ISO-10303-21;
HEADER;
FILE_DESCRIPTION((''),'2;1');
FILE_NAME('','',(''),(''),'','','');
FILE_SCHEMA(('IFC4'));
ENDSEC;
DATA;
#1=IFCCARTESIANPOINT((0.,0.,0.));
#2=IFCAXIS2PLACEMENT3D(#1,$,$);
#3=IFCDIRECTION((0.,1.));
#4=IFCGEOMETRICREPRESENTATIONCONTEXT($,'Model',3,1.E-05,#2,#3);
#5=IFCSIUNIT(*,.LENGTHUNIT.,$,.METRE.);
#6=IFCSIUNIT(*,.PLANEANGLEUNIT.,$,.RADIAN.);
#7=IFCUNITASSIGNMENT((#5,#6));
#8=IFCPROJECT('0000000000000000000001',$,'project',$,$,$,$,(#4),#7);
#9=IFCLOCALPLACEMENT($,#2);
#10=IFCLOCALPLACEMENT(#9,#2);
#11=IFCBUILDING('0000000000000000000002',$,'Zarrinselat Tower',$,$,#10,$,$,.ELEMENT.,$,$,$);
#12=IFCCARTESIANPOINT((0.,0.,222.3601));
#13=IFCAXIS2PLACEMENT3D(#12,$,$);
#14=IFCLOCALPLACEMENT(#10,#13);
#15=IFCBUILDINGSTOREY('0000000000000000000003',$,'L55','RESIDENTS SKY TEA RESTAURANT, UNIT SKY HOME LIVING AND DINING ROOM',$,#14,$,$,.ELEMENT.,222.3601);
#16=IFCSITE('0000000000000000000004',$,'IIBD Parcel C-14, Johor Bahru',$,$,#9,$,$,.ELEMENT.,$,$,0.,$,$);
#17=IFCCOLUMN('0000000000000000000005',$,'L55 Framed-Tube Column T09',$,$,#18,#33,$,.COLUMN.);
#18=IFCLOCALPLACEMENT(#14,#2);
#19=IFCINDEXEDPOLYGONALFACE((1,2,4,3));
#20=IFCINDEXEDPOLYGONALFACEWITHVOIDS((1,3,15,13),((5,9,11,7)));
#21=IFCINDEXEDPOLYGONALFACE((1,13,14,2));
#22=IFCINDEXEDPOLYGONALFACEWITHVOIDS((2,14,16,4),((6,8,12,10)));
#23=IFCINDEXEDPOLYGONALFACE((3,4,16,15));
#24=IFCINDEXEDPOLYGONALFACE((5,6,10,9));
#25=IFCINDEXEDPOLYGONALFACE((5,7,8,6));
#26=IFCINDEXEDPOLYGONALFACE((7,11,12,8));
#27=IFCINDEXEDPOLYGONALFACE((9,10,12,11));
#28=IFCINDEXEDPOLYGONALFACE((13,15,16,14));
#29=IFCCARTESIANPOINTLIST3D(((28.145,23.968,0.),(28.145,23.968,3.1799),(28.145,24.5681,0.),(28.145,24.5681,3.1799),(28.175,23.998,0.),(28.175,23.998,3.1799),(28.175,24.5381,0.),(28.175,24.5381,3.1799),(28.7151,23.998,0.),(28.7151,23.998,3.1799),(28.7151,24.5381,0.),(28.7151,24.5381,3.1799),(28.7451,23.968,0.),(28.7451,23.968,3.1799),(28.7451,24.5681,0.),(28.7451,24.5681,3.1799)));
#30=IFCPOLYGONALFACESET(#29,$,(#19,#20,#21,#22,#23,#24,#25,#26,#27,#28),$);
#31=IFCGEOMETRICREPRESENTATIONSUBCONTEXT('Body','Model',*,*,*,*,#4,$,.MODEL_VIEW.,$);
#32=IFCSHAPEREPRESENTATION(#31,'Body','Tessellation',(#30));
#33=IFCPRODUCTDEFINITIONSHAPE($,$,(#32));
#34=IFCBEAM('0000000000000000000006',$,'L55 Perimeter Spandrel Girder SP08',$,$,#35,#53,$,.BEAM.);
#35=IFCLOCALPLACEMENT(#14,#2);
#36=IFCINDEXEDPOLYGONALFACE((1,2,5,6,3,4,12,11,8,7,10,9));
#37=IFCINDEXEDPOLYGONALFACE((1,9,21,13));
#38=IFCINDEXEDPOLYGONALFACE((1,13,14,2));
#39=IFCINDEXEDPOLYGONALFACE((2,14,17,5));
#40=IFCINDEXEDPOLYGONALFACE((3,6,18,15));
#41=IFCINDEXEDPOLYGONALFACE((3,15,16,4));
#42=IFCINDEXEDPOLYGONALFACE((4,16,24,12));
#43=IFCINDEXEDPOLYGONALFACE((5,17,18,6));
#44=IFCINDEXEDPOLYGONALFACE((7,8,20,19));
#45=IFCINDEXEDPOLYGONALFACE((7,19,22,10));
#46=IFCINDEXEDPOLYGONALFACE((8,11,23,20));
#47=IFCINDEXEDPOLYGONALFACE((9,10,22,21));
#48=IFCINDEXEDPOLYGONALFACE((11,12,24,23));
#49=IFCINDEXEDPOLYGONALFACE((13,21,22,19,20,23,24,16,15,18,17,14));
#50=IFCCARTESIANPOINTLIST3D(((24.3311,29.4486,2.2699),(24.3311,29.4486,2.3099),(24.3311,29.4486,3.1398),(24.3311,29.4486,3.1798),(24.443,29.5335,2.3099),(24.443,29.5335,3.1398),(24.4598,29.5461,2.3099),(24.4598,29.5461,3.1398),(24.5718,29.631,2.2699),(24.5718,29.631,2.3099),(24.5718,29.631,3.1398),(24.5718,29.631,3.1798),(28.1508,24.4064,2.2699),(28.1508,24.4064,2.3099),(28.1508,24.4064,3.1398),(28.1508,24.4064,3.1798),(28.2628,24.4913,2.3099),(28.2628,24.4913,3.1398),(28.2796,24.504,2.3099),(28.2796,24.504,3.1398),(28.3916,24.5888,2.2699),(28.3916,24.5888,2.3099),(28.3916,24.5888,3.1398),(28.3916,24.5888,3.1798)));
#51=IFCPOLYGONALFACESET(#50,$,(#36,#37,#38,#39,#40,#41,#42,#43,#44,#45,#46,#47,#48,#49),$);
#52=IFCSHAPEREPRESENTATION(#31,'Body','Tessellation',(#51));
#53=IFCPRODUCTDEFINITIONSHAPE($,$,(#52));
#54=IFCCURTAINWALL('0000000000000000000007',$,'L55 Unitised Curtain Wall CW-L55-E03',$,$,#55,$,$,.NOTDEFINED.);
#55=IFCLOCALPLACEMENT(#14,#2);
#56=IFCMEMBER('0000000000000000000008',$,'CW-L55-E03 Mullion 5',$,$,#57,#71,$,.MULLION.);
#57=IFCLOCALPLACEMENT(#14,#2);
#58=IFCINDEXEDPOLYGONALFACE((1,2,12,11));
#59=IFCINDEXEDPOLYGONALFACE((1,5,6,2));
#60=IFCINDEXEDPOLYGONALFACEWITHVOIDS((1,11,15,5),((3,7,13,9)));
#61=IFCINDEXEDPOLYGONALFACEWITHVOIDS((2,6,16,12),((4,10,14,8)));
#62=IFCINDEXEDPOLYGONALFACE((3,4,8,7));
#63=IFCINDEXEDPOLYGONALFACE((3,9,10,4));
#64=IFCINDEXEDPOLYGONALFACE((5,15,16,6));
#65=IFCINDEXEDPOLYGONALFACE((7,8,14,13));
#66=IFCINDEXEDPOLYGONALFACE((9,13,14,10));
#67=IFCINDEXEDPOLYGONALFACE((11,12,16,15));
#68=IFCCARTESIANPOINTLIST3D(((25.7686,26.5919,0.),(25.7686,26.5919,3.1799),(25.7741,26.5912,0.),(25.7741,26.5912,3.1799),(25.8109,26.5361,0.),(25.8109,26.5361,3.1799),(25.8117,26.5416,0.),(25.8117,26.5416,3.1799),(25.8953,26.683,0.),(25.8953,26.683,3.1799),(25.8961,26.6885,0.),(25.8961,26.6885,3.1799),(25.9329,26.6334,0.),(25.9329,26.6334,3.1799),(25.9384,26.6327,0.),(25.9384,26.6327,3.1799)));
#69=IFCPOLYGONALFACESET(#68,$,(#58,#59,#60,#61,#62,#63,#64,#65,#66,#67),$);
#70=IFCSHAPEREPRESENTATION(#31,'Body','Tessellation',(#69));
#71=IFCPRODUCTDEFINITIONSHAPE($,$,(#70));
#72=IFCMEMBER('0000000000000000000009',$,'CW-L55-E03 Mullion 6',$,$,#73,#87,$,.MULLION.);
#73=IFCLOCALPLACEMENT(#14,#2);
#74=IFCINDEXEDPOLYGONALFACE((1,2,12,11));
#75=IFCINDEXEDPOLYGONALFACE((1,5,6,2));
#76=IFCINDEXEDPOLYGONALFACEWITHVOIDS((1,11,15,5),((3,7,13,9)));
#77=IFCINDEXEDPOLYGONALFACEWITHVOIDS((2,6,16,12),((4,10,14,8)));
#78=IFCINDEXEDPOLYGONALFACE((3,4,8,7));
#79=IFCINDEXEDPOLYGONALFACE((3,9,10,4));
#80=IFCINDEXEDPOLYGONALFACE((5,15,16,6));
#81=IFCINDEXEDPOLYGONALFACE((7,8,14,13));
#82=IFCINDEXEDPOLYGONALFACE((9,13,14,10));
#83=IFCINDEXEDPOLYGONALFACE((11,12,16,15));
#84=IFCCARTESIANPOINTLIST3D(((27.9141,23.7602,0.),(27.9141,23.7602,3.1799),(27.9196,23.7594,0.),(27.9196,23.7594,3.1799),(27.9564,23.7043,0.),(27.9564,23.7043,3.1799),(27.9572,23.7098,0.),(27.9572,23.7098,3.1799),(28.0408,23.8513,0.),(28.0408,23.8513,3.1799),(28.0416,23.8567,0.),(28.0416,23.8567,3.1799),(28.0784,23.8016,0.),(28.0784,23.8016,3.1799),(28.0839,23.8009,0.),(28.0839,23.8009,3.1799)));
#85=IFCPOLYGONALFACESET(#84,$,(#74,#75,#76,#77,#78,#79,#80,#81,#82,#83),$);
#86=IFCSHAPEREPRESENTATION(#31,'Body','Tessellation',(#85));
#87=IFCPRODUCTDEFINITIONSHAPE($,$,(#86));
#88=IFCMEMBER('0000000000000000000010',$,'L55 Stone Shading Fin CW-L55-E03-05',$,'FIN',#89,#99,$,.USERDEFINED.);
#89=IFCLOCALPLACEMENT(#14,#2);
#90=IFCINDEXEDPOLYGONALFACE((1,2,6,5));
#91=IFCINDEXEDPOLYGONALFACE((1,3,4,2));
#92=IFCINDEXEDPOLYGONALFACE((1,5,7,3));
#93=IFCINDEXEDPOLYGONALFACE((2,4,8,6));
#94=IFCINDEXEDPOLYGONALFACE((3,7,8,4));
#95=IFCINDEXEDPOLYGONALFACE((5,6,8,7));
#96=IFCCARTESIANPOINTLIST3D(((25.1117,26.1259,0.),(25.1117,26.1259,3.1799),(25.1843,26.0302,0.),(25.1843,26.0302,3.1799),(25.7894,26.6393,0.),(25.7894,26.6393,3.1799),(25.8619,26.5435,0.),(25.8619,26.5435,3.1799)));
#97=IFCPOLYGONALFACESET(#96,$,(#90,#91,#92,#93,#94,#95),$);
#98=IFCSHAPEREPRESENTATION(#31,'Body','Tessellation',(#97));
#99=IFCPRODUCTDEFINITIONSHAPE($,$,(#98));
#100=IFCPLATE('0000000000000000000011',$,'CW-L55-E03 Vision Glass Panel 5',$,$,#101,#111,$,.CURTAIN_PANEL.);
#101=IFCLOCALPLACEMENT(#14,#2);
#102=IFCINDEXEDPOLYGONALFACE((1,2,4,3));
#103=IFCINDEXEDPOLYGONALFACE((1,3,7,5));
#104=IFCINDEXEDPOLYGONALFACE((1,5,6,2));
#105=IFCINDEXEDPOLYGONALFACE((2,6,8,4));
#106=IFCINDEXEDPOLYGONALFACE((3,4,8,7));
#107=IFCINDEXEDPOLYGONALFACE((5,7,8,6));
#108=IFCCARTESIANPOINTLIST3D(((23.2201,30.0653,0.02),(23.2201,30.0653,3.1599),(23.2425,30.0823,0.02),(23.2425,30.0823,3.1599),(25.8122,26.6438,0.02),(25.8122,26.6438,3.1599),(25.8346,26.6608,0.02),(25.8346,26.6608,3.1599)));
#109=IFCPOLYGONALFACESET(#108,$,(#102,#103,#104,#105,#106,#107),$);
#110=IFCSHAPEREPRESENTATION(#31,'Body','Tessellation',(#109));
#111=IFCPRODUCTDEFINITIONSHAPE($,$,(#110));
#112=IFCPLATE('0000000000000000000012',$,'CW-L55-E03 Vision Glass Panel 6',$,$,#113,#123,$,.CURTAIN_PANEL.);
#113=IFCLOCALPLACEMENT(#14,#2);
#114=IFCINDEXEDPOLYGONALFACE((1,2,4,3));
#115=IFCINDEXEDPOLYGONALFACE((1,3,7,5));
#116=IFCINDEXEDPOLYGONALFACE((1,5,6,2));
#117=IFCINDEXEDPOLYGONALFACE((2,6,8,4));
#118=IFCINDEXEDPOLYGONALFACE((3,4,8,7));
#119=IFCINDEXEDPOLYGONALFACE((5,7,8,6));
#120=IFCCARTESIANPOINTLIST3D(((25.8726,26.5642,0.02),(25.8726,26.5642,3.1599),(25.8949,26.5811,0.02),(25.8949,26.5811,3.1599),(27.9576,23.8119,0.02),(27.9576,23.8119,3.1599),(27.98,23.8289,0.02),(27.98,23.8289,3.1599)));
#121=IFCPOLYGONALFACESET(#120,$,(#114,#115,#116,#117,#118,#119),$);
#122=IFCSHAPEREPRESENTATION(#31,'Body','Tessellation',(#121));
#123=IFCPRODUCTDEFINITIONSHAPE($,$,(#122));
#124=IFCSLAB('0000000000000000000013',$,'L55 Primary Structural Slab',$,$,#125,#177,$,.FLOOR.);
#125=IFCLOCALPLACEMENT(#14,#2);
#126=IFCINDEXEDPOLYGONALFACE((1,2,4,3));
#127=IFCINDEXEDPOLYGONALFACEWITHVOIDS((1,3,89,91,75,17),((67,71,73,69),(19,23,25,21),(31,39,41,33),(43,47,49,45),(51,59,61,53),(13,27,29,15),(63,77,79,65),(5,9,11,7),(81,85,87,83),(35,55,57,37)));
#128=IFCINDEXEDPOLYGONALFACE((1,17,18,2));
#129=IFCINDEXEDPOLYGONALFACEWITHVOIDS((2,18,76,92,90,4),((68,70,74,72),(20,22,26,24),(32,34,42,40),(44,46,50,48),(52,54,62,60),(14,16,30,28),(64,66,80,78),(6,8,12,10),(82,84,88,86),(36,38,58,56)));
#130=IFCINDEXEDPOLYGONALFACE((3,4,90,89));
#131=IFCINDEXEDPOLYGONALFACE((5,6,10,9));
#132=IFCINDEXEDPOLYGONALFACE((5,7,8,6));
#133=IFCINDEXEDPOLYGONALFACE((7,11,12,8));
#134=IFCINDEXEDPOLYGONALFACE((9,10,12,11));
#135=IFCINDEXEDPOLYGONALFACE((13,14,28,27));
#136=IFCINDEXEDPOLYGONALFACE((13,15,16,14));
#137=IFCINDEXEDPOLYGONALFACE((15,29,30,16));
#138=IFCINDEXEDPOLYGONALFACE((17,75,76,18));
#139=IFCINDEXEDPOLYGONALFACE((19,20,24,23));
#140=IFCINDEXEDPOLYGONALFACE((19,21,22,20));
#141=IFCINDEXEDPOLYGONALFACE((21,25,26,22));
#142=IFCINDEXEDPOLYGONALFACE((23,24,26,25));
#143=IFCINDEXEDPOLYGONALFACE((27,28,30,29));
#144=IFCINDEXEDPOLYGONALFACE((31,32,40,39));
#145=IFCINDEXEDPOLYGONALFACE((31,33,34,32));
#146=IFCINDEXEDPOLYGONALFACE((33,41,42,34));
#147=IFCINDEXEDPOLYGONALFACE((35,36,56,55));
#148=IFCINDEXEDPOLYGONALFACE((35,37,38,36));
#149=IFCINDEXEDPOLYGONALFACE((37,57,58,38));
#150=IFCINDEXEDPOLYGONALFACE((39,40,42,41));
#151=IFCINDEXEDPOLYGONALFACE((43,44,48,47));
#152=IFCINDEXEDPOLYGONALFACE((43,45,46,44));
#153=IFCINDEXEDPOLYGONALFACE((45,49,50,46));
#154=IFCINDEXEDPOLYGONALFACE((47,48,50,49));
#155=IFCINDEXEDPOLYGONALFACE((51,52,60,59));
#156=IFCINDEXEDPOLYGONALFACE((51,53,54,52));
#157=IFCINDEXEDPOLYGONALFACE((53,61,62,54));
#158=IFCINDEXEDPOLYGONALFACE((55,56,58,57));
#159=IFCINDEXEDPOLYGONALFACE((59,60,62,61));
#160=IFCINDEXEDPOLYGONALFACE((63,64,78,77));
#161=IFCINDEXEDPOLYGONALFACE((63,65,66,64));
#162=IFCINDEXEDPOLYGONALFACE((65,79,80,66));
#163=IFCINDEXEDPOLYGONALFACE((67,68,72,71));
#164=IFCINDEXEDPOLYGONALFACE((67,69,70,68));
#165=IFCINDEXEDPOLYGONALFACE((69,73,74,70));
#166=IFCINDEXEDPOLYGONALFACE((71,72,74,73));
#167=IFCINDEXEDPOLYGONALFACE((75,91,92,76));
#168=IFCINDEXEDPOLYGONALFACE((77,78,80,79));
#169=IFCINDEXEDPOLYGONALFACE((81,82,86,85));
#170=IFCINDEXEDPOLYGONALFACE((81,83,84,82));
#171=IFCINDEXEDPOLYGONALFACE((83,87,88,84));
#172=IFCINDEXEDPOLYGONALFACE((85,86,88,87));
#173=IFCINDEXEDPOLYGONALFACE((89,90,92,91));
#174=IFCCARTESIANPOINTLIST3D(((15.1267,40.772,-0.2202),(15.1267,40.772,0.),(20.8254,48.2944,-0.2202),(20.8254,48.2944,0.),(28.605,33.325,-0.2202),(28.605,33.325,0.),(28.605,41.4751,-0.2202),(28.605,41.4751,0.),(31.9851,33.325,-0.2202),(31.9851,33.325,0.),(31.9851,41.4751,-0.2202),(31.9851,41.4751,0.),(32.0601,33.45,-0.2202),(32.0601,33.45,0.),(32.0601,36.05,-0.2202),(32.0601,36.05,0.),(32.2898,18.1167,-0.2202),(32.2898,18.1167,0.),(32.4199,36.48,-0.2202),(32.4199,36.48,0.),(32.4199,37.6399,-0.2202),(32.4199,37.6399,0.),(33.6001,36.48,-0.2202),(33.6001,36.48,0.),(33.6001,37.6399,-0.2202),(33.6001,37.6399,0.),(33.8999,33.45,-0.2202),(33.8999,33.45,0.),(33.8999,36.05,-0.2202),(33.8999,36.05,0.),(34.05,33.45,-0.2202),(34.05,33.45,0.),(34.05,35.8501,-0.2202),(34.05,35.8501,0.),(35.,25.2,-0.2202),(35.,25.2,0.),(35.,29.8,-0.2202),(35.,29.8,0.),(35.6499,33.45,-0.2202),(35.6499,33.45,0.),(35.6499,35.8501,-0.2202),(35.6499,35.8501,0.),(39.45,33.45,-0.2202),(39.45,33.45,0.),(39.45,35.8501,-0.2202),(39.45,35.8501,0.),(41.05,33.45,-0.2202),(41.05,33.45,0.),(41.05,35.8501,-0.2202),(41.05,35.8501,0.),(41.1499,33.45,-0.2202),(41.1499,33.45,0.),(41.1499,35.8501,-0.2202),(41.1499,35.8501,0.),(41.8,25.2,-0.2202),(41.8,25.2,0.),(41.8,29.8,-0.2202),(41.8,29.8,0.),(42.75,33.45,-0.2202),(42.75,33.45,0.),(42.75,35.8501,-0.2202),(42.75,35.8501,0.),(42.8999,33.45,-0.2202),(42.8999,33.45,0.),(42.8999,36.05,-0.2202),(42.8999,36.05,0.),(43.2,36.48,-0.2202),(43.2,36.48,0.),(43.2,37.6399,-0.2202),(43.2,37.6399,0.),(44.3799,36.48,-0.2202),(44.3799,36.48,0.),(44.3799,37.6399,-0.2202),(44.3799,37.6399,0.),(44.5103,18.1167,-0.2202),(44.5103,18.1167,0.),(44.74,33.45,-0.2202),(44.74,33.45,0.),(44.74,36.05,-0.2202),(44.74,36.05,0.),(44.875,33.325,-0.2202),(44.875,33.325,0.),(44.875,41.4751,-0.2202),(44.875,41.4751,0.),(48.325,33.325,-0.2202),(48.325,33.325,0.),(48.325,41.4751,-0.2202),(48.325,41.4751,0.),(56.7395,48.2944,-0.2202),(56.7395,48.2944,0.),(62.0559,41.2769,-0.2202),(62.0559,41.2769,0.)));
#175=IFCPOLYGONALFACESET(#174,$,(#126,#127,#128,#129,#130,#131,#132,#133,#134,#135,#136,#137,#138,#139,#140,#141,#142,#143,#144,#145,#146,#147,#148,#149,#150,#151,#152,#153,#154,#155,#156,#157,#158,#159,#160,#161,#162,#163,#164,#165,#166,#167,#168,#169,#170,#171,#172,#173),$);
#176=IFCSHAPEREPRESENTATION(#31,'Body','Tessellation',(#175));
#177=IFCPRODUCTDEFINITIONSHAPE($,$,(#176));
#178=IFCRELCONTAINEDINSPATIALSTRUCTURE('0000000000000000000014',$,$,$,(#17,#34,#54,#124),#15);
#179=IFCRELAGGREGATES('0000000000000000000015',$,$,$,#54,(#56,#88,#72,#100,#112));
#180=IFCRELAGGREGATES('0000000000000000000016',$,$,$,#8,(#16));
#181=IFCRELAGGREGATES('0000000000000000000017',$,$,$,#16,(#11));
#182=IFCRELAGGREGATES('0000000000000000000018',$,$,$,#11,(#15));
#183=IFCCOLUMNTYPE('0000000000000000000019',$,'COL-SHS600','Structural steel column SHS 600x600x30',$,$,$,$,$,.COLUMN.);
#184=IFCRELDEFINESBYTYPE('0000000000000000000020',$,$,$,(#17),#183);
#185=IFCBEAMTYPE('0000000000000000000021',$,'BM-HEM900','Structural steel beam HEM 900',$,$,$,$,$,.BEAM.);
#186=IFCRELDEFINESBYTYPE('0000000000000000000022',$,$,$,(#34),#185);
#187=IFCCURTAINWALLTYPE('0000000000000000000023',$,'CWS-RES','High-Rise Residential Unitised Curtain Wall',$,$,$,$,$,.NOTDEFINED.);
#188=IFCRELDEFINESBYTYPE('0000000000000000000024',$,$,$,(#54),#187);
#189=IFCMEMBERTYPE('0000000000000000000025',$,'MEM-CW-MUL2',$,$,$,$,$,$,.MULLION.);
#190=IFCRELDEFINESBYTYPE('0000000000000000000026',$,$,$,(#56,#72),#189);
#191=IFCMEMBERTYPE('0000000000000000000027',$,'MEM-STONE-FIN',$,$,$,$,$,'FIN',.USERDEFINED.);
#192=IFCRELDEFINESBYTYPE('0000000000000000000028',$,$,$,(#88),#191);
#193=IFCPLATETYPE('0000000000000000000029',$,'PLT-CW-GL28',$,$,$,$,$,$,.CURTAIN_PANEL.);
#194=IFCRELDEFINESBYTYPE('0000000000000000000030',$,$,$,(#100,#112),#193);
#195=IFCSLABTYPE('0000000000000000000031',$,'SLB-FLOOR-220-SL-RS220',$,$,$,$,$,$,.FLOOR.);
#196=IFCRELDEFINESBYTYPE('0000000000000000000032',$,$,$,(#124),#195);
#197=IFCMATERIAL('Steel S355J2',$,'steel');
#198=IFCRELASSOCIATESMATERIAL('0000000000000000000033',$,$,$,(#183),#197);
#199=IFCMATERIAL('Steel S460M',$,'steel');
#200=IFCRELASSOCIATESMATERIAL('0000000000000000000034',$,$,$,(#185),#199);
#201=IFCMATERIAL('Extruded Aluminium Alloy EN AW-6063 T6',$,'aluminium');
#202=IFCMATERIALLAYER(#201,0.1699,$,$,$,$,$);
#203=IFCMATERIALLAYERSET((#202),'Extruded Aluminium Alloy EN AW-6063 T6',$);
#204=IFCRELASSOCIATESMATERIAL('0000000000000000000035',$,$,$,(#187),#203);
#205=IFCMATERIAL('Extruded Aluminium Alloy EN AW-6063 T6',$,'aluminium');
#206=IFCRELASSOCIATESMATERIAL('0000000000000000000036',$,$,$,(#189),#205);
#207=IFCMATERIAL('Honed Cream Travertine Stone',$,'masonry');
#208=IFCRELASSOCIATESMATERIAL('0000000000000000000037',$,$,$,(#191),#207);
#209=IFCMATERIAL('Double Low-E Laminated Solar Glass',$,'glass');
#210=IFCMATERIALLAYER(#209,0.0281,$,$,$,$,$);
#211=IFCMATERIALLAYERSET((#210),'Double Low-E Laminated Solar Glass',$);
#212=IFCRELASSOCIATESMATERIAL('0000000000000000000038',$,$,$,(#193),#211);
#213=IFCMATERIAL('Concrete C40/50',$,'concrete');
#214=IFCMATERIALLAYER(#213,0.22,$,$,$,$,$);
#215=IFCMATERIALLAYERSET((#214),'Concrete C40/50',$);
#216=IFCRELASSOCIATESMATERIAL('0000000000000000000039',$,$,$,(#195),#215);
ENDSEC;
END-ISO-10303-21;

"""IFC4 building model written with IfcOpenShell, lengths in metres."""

from ifc_helpers import new_model, si_unit, direction, frame, origin, origin_2d, place, context, subcontext, project, spatial, polyline, rectangle, hollow_rectangle, i_section, outline, extrude, material, layer, layer_set, material_profile, profile_set, type_object, element, aggregate, save


model = new_model("IFC4")

# Units and contexts
model_context = context("Model", 3, precision=1e-05, world=origin(), true_north=direction((0.0, 1.0)))
body_context = subcontext(model_context, "Body", "Model", "MODEL_VIEW")
ifc_project = project(units=[si_unit("LENGTHUNIT", "METRE"), si_unit("PLANEANGLEUNIT", "RADIAN")], contexts=[model_context])

# Site, building, storey
site_placement = place(None, origin())
site = spatial("IfcSite", under=ifc_project, at=site_placement, Name="IIBD Parcel C-14, Johor Bahru", CompositionType="ELEMENT", RefElevation=0.0)
building_placement = place(site_placement, origin())
building = spatial("IfcBuilding", under=site, at=building_placement, Name="Zarrinselat Tower", CompositionType="ELEMENT")
storey_placement = place(building_placement, frame((0.0, 0.0, 222.3601)))
storey = spatial("IfcBuildingStorey", under=building, at=storey_placement, Name="L55", Description="RESIDENTS SKY TEA RESTAURANT, UNIT SKY HOME LIVING AND DINING ROOM", CompositionType="ELEMENT", Elevation=222.3601)

# Column
ifc_material_1 = material(Name="Steel S355J2", Category="steel")
ifc_material_profile_1 = material_profile(ifc_material_1, hollow_rectangle(XDim=0.6001, YDim=0.6001, WallThickness=0.03, at=origin_2d()), Name="SHS 600x600x30")
ifc_profile_set_1 = profile_set([ifc_material_profile_1], Name="Steel S355J2")
column_type = type_object("IfcColumnType", Name="COL-SHS600", Description="Structural steel column SHS 600x600x30", PredefinedType="COLUMN", material=ifc_profile_set_1)
column_placement = place(storey_placement, frame((28.4451, 24.2681, 0.0), z_axis=(0.0, 0.0, 1.0), x_axis=(1.0, 0.0, 0.0)))
element("IfcColumn", 1, at=column_placement, inside=storey, type_object=column_type, Name="L55 Framed-Tube Column T09", PredefinedType="COLUMN", context=body_context, shape_type="SweptSolid", body=[
    extrude(hollow_rectangle(XDim=0.6001, YDim=0.6001, WallThickness=0.03, at=origin_2d()), origin(), (0.0, 0.0, 1.0), 3.1799),
])

# Beam
ifc_material_2 = material(Name="Steel S460M", Category="steel")
ifc_material_profile_2 = material_profile(ifc_material_2, i_section(OverallWidth=0.302, OverallDepth=0.9099, WebThickness=0.021, FlangeThickness=0.04, at=origin_2d()), Name="HEM 900")
ifc_profile_set_2 = profile_set([ifc_material_profile_2], Name="Steel S460M")
beam_type = type_object("IfcBeamType", Name="BM-HEM900", Description="Structural steel beam HEM 900", PredefinedType="BEAM", material=ifc_profile_set_2)
beam_placement = place(storey_placement, frame((24.4514, 29.5398, 2.7249), z_axis=(0.603852, -0.797096, 0.0), x_axis=(0.797096, 0.603852, 0.0)))
element("IfcBeam", 2, at=beam_placement, inside=storey, type_object=beam_type, Name="L55 Perimeter Spandrel Girder SP08", PredefinedType="BEAM", context=body_context, shape_type="SweptSolid", body=[
    extrude(i_section(OverallWidth=0.302, OverallDepth=0.9099, WebThickness=0.021, FlangeThickness=0.04, at=origin_2d()), origin(), (0.0, 0.0, 1.0), 6.3257),
])

# Curtain wall, members, plates
ifc_material_3 = material(Name="Extruded Aluminium Alloy EN AW-6063 T6", Category="aluminium")
ifc_layer_1 = layer(ifc_material_3, 0.1699)
ifc_layer_set_1 = layer_set([ifc_layer_1], Name="Extruded Aluminium Alloy EN AW-6063 T6")
curtain_wall_type = type_object("IfcCurtainWallType", Name="CWS-RES", Description="High-Rise Residential Unitised Curtain Wall", PredefinedType="NOTDEFINED", material=ifc_layer_set_1)
curtain_wall_placement = place(storey_placement, origin())
curtain_wall = element("IfcCurtainWall", 3, at=curtain_wall_placement, inside=storey, type_object=curtain_wall_type, Name="L55 Unitised Curtain Wall CW-L55-E03", PredefinedType="NOTDEFINED")
ifc_material_4 = material(Name="Extruded Aluminium Alloy EN AW-6063 T6", Category="aluminium")
ifc_material_profile_3 = material_profile(ifc_material_4, hollow_rectangle(XDim=0.0701, YDim=0.1599, WallThickness=0.0039, at=origin_2d()), Name="RHS 160x70x4")
ifc_profile_set_3 = profile_set([ifc_material_profile_3], Name="Extruded Aluminium Alloy EN AW-6063 T6")
member_type_1 = type_object("IfcMemberType", Name="MEM-CW-MUL2", PredefinedType="MULLION", material=ifc_profile_set_3)
member_1_placement = place(storey_placement, frame((25.8535, 26.6123, 0.0), z_axis=(0.0, 0.0, 1.0), x_axis=(0.60386, -0.797091, 0.0)))
member_1 = element("IfcMember", 4, at=member_1_placement, type_object=member_type_1, Name="CW-L55-E03 Mullion 5", PredefinedType="MULLION", context=body_context, shape_type="SweptSolid", body=[
    extrude(hollow_rectangle(XDim=0.0701, YDim=0.1599, WallThickness=0.0039, at=origin_2d()), origin(), (0.0, 0.0, 1.0), 3.1799),
])
member_2_placement = place(storey_placement, frame((27.999, 23.7805, 0.0), z_axis=(0.0, 0.0, 1.0), x_axis=(0.60386, -0.797091, 0.0)))
member_2 = element("IfcMember", 5, at=member_2_placement, type_object=member_type_1, Name="CW-L55-E03 Mullion 6", PredefinedType="MULLION", context=body_context, shape_type="SweptSolid", body=[
    extrude(hollow_rectangle(XDim=0.0701, YDim=0.1599, WallThickness=0.0039, at=origin_2d()), origin(), (0.0, 0.0, 1.0), 3.1799),
])
ifc_material_5 = material(Name="Honed Cream Travertine Stone", Category="masonry")
ifc_material_profile_4 = material_profile(ifc_material_5, rectangle(XDim=0.1201, YDim=0.8501, at=origin_2d()), Name="FIN 850x120")
ifc_profile_set_4 = profile_set([ifc_material_profile_4], Name="Honed Cream Travertine Stone")
member_type_2 = type_object("IfcMemberType", Name="MEM-STONE-FIN", ElementType="FIN", PredefinedType="USERDEFINED", material=ifc_profile_set_4)
member_3_placement = place(storey_placement, frame((25.4868, 26.3347, 0.0), z_axis=(0.0, 0.0, 1.0), x_axis=(-0.60386, 0.797091, 0.0)))
member_3 = element("IfcMember", 6, at=member_3_placement, type_object=member_type_2, Name="L55 Stone Shading Fin CW-L55-E03-05", ObjectType="FIN", PredefinedType="USERDEFINED", context=body_context, shape_type="SweptSolid", body=[
    extrude(rectangle(XDim=0.1201, YDim=0.8501, at=origin_2d()), origin(), (0.0, 0.0, 1.0), 3.1799),
])
ifc_material_6 = material(Name="Double Low-E Laminated Solar Glass", Category="glass")
ifc_layer_2 = layer(ifc_material_6, 0.0281)
ifc_layer_set_2 = layer_set([ifc_layer_2], Name="Double Low-E Laminated Solar Glass")
plate_type = type_object("IfcPlateType", Name="PLT-CW-GL28", PredefinedType="CURTAIN_PANEL", material=ifc_layer_set_2)
plate_1_placement = place(storey_placement, frame((24.5273, 28.363, 0.02), z_axis=(0.0, 0.0, 1.0), x_axis=(0.60386, -0.797091, 0.0)))
plate_1 = element("IfcPlate", 7, at=plate_1_placement, type_object=plate_type, Name="CW-L55-E03 Vision Glass Panel 5", PredefinedType="CURTAIN_PANEL", context=body_context, shape_type="SweptSolid", body=[
    extrude(rectangle(XDim=4.2925, YDim=0.0281, at=origin_2d()), origin(), (0.0, 0.0, 1.0), 3.1399),
])
plate_2_placement = place(storey_placement, frame((26.9263, 25.1965, 0.02), z_axis=(0.0, 0.0, 1.0), x_axis=(0.60386, -0.797091, 0.0)))
plate_2 = element("IfcPlate", 8, at=plate_2_placement, type_object=plate_type, Name="CW-L55-E03 Vision Glass Panel 6", PredefinedType="CURTAIN_PANEL", context=body_context, shape_type="SweptSolid", body=[
    extrude(rectangle(XDim=3.4529, YDim=0.0281, at=origin_2d()), origin(), (0.0, 0.0, 1.0), 3.1399),
])
aggregate(curtain_wall, [member_1, member_3, member_2, plate_1, plate_2])

# Slab
ifc_material_7 = material(Name="Concrete C40/50", Category="concrete")
ifc_layer_3 = layer(ifc_material_7, 0.22)
ifc_layer_set_3 = layer_set([ifc_layer_3], Name="Concrete C40/50")
slab_type_1 = type_object("IfcSlabType", Name="SLB-FLOOR-220-SL-RS220", PredefinedType="FLOOR", material=ifc_layer_set_3)
slab_1_placement = place(storey_placement, frame((0.0, 0.0, -0.2202)))
element("IfcSlab", 9, at=slab_1_placement, inside=storey, type_object=slab_type_1, Name="L55 Primary Structural Slab", PredefinedType="FLOOR", context=body_context, shape_type="SweptSolid", body=[
    extrude(outline(polyline([(56.7395, 48.2944), (20.8254, 48.2944), (15.1267, 40.772), (32.2898, 18.1167), (44.5103, 18.1167), (62.0559, 41.2769), (56.7395, 48.2944)]), holes=[polyline([(41.8, 25.2), (35.0, 25.2), (35.0, 29.8), (41.8, 29.8), (41.8, 25.2)]), polyline([(35.6499, 33.45), (34.05, 33.45), (34.05, 35.8501), (35.6499, 35.8501), (35.6499, 33.45)]), polyline([(41.05, 33.45), (39.45, 33.45), (39.45, 35.8501), (41.05, 35.8501), (41.05, 33.45)]), polyline([(41.1499, 33.45), (41.1499, 35.8501), (42.75, 35.8501), (42.75, 33.45), (41.1499, 33.45)]), polyline([(32.0601, 33.45), (32.0601, 36.05), (33.8999, 36.05), (33.8999, 33.45), (32.0601, 33.45)]), polyline([(44.74, 33.45), (42.8999, 33.45), (42.8999, 36.05), (44.74, 36.05), (44.74, 33.45)]), polyline([(33.6001, 36.48), (32.4199, 36.48), (32.4199, 37.6399), (33.6001, 37.6399), (33.6001, 36.48)]), polyline([(44.3799, 36.48), (43.2, 36.48), (43.2, 37.6399), (44.3799, 37.6399), (44.3799, 36.48)]), polyline([(31.9851, 33.325), (28.605, 33.325), (28.605, 41.4751), (31.9851, 41.4751), (31.9851, 33.325)]), polyline([(48.325, 33.325), (44.875, 33.325), (44.875, 41.4751), (48.325, 41.4751), (48.325, 33.325)])]), origin(), (0.0, 0.0, 1.0), 0.2202),
])

save(model, "model.ifc")
